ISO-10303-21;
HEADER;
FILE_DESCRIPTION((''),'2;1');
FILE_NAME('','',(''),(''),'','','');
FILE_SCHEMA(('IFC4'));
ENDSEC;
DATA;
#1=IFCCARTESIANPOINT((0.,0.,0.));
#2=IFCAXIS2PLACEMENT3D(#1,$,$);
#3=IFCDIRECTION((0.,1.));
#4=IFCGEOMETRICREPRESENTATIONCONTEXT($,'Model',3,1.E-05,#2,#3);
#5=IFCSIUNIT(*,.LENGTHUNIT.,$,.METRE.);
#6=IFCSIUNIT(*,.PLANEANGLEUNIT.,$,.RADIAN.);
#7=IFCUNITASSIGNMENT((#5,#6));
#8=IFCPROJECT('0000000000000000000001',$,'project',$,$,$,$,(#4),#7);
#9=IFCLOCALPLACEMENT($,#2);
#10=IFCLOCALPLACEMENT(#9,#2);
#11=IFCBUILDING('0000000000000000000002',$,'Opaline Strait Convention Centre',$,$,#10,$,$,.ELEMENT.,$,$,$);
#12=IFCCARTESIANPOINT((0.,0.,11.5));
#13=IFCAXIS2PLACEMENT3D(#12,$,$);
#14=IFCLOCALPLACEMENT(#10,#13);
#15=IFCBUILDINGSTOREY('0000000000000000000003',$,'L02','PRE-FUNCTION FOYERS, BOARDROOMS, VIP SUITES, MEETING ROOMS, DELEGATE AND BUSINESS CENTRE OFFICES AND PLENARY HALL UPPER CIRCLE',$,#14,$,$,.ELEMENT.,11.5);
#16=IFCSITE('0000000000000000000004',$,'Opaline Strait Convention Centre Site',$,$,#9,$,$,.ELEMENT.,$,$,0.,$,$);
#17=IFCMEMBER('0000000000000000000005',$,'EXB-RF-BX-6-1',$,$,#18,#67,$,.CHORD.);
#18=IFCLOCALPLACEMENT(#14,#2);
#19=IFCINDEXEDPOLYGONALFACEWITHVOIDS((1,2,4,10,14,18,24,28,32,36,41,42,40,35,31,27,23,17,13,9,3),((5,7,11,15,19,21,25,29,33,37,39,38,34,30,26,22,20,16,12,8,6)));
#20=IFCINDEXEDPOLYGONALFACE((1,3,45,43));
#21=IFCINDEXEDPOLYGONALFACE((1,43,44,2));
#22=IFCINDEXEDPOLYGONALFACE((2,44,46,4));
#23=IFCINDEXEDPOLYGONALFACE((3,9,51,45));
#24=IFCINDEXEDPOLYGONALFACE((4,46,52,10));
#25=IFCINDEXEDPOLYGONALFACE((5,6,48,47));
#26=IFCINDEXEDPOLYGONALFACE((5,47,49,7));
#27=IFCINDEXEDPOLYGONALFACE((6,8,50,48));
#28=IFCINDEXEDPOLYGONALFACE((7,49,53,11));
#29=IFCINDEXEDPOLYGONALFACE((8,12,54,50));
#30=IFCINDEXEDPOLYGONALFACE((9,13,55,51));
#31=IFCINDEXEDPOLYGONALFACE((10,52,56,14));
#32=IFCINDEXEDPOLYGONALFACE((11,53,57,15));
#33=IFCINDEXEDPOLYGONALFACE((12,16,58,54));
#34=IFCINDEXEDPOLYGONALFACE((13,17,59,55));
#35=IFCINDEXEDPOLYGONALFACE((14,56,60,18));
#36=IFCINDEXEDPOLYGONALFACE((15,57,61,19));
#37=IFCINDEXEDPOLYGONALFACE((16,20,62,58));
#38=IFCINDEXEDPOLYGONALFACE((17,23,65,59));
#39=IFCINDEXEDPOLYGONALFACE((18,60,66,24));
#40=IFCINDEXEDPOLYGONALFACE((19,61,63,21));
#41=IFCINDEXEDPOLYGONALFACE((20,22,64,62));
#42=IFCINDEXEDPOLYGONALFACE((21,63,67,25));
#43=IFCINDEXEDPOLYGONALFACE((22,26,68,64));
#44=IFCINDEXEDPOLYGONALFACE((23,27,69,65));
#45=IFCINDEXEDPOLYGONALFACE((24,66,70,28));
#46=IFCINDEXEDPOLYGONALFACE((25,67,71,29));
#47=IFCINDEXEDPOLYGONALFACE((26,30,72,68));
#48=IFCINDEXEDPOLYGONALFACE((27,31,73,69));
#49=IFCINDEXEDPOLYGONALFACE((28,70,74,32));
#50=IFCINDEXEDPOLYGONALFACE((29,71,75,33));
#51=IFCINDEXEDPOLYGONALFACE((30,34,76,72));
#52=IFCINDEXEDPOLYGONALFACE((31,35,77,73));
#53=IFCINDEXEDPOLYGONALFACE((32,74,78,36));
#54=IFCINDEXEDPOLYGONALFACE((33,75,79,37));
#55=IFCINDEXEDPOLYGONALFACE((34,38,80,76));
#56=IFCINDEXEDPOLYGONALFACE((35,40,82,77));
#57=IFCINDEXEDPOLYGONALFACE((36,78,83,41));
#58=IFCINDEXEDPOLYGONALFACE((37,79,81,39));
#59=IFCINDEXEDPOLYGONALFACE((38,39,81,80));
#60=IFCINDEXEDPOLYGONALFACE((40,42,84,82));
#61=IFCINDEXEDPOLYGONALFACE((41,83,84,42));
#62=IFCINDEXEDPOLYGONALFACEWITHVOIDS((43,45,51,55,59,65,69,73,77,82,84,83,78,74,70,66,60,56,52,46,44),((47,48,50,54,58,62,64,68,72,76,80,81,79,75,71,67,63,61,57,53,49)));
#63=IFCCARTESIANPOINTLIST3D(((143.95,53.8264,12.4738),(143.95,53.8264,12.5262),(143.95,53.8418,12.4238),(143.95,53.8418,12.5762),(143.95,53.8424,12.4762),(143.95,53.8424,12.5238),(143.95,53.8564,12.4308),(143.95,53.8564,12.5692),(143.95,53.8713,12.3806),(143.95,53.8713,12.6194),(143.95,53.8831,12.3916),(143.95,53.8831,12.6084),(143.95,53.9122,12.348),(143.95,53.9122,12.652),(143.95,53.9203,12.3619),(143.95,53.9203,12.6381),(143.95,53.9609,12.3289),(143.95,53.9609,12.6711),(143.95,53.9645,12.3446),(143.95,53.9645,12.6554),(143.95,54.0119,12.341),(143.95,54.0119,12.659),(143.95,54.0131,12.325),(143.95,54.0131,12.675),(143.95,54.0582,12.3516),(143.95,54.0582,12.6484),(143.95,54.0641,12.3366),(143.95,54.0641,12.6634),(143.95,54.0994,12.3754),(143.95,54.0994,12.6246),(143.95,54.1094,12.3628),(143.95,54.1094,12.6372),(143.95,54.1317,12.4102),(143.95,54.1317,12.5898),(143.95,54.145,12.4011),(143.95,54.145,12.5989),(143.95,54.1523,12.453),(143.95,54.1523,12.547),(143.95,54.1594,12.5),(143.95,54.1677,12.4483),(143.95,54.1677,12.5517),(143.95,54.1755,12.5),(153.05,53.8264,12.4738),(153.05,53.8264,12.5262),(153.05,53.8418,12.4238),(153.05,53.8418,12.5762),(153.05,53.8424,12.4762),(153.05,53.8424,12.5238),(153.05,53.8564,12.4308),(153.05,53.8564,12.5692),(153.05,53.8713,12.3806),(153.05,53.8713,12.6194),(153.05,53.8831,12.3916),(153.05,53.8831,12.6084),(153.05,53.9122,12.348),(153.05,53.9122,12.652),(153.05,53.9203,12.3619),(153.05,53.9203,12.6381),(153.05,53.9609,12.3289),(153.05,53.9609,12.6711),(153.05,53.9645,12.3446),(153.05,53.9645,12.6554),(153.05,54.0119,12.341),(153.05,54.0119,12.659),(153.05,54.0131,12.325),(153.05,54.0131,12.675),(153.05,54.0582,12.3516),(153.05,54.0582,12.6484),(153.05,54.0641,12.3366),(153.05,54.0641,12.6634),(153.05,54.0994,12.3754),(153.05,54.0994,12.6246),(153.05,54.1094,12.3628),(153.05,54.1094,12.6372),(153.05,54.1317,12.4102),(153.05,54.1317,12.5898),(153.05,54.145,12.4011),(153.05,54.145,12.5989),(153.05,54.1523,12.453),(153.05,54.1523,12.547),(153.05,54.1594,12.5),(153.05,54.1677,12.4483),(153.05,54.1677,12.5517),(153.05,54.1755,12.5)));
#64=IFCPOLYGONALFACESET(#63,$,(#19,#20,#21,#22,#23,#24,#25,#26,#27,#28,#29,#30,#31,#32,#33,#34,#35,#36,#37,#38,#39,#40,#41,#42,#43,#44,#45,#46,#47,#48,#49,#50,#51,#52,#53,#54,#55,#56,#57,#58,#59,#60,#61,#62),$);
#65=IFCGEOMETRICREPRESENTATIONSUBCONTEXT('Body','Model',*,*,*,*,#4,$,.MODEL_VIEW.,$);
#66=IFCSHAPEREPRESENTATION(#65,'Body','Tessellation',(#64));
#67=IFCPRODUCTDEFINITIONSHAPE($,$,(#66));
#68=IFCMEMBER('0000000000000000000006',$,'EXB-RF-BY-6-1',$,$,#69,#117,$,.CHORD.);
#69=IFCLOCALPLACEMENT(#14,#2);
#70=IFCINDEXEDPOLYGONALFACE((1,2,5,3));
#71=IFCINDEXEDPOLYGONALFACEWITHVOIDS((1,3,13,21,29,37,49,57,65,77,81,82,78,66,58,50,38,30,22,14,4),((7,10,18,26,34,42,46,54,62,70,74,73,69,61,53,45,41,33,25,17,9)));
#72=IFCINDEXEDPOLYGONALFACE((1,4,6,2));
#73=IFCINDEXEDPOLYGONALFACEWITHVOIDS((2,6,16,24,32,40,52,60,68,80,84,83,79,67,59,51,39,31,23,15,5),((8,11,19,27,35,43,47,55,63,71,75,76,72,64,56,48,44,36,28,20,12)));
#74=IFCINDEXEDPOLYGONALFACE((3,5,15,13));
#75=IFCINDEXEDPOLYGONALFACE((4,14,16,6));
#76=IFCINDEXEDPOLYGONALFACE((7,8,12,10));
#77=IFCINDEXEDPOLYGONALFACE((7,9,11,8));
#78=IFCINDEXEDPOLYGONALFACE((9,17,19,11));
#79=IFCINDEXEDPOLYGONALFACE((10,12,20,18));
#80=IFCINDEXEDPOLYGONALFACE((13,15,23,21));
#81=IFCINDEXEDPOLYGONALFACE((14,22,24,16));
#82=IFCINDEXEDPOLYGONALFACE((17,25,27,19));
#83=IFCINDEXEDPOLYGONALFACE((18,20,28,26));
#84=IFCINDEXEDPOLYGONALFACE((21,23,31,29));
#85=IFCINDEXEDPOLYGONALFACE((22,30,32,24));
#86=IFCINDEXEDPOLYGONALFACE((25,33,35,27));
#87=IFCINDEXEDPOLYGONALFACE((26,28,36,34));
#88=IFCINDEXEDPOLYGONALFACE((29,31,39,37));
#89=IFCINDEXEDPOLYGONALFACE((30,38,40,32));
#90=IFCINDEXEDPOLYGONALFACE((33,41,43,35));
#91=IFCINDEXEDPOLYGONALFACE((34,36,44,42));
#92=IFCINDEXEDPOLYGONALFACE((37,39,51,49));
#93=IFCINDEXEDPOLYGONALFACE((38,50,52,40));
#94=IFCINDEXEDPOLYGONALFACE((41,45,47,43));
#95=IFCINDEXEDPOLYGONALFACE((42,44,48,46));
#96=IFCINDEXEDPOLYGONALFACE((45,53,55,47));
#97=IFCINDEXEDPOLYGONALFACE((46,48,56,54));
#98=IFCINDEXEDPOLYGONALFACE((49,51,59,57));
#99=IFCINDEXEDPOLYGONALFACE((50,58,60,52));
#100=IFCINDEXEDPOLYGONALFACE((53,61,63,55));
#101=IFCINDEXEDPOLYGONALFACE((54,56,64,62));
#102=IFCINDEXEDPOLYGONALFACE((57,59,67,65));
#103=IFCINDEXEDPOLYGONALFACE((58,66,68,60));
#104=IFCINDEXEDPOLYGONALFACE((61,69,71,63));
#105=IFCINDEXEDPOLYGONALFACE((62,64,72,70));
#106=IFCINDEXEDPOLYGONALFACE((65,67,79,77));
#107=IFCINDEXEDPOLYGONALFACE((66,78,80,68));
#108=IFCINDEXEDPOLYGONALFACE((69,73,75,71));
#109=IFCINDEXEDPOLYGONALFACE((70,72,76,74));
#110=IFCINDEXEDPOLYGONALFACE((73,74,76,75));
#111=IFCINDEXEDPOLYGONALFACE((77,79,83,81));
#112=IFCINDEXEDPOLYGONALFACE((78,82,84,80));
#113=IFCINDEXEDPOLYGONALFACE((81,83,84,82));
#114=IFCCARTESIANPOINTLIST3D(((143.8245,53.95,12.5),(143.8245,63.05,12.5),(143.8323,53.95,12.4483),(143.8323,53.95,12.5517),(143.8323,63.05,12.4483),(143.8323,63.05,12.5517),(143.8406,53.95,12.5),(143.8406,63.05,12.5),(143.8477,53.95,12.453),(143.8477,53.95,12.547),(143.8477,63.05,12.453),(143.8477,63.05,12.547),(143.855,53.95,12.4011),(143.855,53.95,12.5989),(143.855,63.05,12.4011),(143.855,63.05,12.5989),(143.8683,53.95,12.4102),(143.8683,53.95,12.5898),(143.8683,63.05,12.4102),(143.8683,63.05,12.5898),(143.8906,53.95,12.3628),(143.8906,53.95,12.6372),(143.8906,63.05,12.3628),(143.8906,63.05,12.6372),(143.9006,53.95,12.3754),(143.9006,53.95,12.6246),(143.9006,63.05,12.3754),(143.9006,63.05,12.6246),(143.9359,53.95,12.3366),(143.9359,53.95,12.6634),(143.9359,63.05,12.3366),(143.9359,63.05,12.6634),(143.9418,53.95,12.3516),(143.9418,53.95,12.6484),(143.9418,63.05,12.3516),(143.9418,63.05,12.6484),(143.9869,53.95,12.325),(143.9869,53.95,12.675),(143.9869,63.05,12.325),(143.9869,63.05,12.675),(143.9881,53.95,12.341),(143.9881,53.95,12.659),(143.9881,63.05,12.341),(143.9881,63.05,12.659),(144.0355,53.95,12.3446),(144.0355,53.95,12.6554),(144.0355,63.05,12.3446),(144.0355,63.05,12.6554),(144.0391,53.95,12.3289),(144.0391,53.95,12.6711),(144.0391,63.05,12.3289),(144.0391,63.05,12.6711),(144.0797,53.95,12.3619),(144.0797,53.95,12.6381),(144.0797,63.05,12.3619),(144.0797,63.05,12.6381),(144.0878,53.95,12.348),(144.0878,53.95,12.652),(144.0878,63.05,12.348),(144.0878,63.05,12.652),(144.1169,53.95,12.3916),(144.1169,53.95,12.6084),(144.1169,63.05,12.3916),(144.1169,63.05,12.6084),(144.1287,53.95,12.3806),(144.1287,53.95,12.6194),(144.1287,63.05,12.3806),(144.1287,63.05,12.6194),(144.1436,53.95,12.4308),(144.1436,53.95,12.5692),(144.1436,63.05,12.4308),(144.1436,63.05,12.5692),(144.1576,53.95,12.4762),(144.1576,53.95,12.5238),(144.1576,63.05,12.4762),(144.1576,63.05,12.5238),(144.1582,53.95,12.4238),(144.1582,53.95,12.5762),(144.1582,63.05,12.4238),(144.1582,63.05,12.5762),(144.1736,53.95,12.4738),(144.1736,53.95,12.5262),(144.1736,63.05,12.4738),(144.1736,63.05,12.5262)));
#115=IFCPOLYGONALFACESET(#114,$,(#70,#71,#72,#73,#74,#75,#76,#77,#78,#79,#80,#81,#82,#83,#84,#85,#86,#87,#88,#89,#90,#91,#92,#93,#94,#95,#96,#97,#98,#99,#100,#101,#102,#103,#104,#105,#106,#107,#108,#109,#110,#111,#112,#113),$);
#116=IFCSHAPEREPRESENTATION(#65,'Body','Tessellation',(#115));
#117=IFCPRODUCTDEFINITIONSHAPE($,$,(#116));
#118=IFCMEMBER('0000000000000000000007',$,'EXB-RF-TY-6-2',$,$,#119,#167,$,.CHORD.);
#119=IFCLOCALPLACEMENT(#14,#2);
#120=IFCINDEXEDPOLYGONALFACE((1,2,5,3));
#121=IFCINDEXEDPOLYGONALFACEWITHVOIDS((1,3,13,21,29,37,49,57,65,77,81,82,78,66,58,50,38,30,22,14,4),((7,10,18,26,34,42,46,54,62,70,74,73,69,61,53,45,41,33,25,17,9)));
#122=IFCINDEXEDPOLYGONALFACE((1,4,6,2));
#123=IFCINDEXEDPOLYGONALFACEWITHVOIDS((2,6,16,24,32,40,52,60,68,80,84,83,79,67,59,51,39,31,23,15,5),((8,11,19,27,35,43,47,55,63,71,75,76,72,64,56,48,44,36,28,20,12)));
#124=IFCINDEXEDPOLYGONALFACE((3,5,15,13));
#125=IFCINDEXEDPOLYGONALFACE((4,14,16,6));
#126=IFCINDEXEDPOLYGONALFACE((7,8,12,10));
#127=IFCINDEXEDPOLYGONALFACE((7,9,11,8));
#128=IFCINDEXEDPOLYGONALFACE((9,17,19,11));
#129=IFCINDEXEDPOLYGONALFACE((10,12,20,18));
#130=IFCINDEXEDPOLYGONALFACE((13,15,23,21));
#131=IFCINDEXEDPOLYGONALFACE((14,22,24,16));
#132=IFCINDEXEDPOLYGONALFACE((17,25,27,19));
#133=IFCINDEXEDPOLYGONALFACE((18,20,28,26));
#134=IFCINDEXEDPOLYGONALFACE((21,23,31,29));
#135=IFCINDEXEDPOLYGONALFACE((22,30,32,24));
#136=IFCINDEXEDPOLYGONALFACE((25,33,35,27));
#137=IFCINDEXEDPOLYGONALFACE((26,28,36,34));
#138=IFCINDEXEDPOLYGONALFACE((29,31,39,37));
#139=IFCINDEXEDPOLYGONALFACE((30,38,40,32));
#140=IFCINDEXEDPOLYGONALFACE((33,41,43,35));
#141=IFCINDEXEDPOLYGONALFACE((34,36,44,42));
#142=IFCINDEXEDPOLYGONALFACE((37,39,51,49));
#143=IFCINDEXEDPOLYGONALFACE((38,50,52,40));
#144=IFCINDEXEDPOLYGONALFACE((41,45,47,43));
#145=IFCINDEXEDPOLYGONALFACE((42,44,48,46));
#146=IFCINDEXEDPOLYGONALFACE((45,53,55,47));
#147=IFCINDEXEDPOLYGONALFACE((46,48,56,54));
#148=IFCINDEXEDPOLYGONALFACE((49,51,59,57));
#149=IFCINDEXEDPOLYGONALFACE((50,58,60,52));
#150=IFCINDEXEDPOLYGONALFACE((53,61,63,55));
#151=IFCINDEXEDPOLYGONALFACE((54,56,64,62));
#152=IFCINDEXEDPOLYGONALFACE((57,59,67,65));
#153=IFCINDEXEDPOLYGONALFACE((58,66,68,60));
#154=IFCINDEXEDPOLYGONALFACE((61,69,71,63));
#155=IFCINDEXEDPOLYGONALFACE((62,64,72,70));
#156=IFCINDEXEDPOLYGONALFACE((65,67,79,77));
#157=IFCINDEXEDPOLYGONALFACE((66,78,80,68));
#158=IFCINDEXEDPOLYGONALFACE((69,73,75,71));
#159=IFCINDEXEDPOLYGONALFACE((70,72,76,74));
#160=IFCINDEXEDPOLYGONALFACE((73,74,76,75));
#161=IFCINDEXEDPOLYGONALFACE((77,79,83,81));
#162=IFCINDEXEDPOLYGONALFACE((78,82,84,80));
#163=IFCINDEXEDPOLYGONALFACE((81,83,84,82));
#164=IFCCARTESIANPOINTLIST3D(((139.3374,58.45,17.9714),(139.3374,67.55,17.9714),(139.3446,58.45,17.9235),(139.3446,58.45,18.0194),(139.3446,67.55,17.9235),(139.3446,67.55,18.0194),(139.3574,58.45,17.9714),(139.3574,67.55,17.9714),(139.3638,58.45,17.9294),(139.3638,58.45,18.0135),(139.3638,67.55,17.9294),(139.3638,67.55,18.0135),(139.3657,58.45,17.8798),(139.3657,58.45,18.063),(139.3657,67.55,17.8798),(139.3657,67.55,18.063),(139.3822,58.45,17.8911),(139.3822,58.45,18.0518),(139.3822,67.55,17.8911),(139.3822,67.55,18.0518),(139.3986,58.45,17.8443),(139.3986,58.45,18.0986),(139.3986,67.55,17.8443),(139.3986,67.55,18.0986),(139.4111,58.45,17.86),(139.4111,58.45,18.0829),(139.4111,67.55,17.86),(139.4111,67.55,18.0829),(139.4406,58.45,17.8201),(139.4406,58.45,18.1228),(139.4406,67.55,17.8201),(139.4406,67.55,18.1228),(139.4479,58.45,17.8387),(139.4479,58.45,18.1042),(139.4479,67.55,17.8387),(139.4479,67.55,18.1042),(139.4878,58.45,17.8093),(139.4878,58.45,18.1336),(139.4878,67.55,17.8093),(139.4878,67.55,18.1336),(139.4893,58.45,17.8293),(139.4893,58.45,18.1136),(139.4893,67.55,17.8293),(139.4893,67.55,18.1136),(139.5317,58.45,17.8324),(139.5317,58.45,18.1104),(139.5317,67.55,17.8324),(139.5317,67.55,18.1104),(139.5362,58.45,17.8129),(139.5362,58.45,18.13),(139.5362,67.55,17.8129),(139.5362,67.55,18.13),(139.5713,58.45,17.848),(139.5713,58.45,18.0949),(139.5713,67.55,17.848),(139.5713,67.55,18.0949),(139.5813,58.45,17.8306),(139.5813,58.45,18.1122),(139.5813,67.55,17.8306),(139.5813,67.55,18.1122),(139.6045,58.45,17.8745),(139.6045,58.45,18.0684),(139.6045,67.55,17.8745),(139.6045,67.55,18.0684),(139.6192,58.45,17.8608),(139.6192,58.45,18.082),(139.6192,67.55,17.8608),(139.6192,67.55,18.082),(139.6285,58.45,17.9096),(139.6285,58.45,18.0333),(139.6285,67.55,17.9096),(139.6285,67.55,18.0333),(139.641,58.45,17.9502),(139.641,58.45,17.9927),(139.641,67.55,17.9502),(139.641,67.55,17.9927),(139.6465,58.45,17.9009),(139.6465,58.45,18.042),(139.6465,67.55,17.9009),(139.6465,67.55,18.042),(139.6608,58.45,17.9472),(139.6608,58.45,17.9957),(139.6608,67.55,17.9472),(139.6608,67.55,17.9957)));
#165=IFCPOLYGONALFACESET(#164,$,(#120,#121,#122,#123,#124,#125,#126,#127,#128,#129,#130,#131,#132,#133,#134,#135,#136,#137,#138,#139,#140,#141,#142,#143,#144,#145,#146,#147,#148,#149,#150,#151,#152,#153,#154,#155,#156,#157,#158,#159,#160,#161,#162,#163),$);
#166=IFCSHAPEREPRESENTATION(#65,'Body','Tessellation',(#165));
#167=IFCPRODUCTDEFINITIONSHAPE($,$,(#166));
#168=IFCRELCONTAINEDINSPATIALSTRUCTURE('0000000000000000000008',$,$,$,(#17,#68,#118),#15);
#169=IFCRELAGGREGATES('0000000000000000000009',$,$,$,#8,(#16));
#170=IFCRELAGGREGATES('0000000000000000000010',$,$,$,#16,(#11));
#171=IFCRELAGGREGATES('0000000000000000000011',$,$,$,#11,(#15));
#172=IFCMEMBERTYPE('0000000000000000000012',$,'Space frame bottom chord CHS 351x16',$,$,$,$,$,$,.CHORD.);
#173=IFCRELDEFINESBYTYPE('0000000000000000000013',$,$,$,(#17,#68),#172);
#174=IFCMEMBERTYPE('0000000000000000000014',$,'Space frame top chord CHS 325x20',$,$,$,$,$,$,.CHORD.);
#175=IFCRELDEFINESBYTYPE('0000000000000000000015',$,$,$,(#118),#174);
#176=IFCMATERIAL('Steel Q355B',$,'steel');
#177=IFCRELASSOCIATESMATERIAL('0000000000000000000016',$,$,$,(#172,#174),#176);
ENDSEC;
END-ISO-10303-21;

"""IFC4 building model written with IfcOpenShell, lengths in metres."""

from ifc_helpers import new_model, si_unit, direction, frame, origin, origin_2d, place, context, subcontext, project, spatial, hollow_circle, extrude, material, material_profile, profile_set, type_object, element, save


model = new_model("IFC4")

# Units and contexts
model_context = context("Model", 3, precision=1e-05, world=origin(), true_north=direction((0.0, 1.0)))
body_context = subcontext(model_context, "Body", "Model", "MODEL_VIEW")
ifc_project = project(units=[si_unit("LENGTHUNIT", "METRE"), si_unit("PLANEANGLEUNIT", "RADIAN")], contexts=[model_context])

# Site, building, storey
site_placement = place(None, origin())
site = spatial("IfcSite", under=ifc_project, at=site_placement, Name="Opaline Strait Convention Centre Site", CompositionType="ELEMENT", RefElevation=0.0)
building_placement = place(site_placement, origin())
building = spatial("IfcBuilding", under=site, at=building_placement, Name="Opaline Strait Convention Centre", CompositionType="ELEMENT")
storey_placement = place(building_placement, frame((0.0, 0.0, 11.5)))
storey = spatial("IfcBuildingStorey", under=building, at=storey_placement, Name="L02", Description="PRE-FUNCTION FOYERS, BOARDROOMS, VIP SUITES, MEETING ROOMS, DELEGATE AND BUSINESS CENTRE OFFICES AND PLENARY HALL UPPER CIRCLE", CompositionType="ELEMENT", Elevation=11.5)

# Members
ifc_material_1 = material(Name="Steel Q355B", Category="steel")
ifc_material_profile_1 = material_profile(ifc_material_1, hollow_circle(Radius=0.1755, WallThickness=0.0161, at=origin_2d()), Name="CHS 351x16")
ifc_profile_set_1 = profile_set([ifc_material_profile_1], Name="Steel Q355B")
member_type_1 = type_object("IfcMemberType", Name="Space frame bottom chord CHS 351x16", PredefinedType="CHORD", material=ifc_profile_set_1)
for number, where, z_axis, x_axis, name in (
    (1, (143.95, 54.0, 12.5), (1.0, 0.0, 0.0), (0.0, 1.0, 0.0), "EXB-RF-BX-6-1"),
    (2, (144.0, 53.95, 12.5), (0.0, 1.0, 0.0), (-1.0, 0.0, 0.0), "EXB-RF-BY-6-1"),
):
    element("IfcMember", number, at=place(storey_placement, frame(where, z_axis=z_axis, x_axis=x_axis)), inside=storey, type_object=member_type_1, Name=name, PredefinedType="CHORD", context=body_context, shape_type="SweptSolid", body=[
        extrude(hollow_circle(Radius=0.1755, WallThickness=0.0161, at=origin_2d()), origin(), (0.0, 0.0, 1.0), 9.1001),
    ])
ifc_material_profile_2 = material_profile(ifc_material_1, hollow_circle(Radius=0.1626, WallThickness=0.02, at=origin_2d()), Name="CHS 325x20")
ifc_profile_set_2 = profile_set([ifc_material_profile_2], Name="Steel Q355B")
member_type_2 = type_object("IfcMemberType", Name="Space frame top chord CHS 325x20", PredefinedType="CHORD", material=ifc_profile_set_2)
for number, where, z_axis, x_axis, name in (
    (3, (139.5, 58.45, 17.9714), (0.0, 1.0, 0.0), (-1.0, 0.0, 0.0), "EXB-RF-TY-6-2"),
):
    element("IfcMember", number, at=place(storey_placement, frame(where, z_axis=z_axis, x_axis=x_axis)), inside=storey, type_object=member_type_2, Name=name, PredefinedType="CHORD", context=body_context, shape_type="SweptSolid", body=[
        extrude(hollow_circle(Radius=0.1626, WallThickness=0.02, at=origin_2d()), origin(), (0.0, 0.0, 1.0), 9.1001),
    ])

save(model, "model.ifc")
